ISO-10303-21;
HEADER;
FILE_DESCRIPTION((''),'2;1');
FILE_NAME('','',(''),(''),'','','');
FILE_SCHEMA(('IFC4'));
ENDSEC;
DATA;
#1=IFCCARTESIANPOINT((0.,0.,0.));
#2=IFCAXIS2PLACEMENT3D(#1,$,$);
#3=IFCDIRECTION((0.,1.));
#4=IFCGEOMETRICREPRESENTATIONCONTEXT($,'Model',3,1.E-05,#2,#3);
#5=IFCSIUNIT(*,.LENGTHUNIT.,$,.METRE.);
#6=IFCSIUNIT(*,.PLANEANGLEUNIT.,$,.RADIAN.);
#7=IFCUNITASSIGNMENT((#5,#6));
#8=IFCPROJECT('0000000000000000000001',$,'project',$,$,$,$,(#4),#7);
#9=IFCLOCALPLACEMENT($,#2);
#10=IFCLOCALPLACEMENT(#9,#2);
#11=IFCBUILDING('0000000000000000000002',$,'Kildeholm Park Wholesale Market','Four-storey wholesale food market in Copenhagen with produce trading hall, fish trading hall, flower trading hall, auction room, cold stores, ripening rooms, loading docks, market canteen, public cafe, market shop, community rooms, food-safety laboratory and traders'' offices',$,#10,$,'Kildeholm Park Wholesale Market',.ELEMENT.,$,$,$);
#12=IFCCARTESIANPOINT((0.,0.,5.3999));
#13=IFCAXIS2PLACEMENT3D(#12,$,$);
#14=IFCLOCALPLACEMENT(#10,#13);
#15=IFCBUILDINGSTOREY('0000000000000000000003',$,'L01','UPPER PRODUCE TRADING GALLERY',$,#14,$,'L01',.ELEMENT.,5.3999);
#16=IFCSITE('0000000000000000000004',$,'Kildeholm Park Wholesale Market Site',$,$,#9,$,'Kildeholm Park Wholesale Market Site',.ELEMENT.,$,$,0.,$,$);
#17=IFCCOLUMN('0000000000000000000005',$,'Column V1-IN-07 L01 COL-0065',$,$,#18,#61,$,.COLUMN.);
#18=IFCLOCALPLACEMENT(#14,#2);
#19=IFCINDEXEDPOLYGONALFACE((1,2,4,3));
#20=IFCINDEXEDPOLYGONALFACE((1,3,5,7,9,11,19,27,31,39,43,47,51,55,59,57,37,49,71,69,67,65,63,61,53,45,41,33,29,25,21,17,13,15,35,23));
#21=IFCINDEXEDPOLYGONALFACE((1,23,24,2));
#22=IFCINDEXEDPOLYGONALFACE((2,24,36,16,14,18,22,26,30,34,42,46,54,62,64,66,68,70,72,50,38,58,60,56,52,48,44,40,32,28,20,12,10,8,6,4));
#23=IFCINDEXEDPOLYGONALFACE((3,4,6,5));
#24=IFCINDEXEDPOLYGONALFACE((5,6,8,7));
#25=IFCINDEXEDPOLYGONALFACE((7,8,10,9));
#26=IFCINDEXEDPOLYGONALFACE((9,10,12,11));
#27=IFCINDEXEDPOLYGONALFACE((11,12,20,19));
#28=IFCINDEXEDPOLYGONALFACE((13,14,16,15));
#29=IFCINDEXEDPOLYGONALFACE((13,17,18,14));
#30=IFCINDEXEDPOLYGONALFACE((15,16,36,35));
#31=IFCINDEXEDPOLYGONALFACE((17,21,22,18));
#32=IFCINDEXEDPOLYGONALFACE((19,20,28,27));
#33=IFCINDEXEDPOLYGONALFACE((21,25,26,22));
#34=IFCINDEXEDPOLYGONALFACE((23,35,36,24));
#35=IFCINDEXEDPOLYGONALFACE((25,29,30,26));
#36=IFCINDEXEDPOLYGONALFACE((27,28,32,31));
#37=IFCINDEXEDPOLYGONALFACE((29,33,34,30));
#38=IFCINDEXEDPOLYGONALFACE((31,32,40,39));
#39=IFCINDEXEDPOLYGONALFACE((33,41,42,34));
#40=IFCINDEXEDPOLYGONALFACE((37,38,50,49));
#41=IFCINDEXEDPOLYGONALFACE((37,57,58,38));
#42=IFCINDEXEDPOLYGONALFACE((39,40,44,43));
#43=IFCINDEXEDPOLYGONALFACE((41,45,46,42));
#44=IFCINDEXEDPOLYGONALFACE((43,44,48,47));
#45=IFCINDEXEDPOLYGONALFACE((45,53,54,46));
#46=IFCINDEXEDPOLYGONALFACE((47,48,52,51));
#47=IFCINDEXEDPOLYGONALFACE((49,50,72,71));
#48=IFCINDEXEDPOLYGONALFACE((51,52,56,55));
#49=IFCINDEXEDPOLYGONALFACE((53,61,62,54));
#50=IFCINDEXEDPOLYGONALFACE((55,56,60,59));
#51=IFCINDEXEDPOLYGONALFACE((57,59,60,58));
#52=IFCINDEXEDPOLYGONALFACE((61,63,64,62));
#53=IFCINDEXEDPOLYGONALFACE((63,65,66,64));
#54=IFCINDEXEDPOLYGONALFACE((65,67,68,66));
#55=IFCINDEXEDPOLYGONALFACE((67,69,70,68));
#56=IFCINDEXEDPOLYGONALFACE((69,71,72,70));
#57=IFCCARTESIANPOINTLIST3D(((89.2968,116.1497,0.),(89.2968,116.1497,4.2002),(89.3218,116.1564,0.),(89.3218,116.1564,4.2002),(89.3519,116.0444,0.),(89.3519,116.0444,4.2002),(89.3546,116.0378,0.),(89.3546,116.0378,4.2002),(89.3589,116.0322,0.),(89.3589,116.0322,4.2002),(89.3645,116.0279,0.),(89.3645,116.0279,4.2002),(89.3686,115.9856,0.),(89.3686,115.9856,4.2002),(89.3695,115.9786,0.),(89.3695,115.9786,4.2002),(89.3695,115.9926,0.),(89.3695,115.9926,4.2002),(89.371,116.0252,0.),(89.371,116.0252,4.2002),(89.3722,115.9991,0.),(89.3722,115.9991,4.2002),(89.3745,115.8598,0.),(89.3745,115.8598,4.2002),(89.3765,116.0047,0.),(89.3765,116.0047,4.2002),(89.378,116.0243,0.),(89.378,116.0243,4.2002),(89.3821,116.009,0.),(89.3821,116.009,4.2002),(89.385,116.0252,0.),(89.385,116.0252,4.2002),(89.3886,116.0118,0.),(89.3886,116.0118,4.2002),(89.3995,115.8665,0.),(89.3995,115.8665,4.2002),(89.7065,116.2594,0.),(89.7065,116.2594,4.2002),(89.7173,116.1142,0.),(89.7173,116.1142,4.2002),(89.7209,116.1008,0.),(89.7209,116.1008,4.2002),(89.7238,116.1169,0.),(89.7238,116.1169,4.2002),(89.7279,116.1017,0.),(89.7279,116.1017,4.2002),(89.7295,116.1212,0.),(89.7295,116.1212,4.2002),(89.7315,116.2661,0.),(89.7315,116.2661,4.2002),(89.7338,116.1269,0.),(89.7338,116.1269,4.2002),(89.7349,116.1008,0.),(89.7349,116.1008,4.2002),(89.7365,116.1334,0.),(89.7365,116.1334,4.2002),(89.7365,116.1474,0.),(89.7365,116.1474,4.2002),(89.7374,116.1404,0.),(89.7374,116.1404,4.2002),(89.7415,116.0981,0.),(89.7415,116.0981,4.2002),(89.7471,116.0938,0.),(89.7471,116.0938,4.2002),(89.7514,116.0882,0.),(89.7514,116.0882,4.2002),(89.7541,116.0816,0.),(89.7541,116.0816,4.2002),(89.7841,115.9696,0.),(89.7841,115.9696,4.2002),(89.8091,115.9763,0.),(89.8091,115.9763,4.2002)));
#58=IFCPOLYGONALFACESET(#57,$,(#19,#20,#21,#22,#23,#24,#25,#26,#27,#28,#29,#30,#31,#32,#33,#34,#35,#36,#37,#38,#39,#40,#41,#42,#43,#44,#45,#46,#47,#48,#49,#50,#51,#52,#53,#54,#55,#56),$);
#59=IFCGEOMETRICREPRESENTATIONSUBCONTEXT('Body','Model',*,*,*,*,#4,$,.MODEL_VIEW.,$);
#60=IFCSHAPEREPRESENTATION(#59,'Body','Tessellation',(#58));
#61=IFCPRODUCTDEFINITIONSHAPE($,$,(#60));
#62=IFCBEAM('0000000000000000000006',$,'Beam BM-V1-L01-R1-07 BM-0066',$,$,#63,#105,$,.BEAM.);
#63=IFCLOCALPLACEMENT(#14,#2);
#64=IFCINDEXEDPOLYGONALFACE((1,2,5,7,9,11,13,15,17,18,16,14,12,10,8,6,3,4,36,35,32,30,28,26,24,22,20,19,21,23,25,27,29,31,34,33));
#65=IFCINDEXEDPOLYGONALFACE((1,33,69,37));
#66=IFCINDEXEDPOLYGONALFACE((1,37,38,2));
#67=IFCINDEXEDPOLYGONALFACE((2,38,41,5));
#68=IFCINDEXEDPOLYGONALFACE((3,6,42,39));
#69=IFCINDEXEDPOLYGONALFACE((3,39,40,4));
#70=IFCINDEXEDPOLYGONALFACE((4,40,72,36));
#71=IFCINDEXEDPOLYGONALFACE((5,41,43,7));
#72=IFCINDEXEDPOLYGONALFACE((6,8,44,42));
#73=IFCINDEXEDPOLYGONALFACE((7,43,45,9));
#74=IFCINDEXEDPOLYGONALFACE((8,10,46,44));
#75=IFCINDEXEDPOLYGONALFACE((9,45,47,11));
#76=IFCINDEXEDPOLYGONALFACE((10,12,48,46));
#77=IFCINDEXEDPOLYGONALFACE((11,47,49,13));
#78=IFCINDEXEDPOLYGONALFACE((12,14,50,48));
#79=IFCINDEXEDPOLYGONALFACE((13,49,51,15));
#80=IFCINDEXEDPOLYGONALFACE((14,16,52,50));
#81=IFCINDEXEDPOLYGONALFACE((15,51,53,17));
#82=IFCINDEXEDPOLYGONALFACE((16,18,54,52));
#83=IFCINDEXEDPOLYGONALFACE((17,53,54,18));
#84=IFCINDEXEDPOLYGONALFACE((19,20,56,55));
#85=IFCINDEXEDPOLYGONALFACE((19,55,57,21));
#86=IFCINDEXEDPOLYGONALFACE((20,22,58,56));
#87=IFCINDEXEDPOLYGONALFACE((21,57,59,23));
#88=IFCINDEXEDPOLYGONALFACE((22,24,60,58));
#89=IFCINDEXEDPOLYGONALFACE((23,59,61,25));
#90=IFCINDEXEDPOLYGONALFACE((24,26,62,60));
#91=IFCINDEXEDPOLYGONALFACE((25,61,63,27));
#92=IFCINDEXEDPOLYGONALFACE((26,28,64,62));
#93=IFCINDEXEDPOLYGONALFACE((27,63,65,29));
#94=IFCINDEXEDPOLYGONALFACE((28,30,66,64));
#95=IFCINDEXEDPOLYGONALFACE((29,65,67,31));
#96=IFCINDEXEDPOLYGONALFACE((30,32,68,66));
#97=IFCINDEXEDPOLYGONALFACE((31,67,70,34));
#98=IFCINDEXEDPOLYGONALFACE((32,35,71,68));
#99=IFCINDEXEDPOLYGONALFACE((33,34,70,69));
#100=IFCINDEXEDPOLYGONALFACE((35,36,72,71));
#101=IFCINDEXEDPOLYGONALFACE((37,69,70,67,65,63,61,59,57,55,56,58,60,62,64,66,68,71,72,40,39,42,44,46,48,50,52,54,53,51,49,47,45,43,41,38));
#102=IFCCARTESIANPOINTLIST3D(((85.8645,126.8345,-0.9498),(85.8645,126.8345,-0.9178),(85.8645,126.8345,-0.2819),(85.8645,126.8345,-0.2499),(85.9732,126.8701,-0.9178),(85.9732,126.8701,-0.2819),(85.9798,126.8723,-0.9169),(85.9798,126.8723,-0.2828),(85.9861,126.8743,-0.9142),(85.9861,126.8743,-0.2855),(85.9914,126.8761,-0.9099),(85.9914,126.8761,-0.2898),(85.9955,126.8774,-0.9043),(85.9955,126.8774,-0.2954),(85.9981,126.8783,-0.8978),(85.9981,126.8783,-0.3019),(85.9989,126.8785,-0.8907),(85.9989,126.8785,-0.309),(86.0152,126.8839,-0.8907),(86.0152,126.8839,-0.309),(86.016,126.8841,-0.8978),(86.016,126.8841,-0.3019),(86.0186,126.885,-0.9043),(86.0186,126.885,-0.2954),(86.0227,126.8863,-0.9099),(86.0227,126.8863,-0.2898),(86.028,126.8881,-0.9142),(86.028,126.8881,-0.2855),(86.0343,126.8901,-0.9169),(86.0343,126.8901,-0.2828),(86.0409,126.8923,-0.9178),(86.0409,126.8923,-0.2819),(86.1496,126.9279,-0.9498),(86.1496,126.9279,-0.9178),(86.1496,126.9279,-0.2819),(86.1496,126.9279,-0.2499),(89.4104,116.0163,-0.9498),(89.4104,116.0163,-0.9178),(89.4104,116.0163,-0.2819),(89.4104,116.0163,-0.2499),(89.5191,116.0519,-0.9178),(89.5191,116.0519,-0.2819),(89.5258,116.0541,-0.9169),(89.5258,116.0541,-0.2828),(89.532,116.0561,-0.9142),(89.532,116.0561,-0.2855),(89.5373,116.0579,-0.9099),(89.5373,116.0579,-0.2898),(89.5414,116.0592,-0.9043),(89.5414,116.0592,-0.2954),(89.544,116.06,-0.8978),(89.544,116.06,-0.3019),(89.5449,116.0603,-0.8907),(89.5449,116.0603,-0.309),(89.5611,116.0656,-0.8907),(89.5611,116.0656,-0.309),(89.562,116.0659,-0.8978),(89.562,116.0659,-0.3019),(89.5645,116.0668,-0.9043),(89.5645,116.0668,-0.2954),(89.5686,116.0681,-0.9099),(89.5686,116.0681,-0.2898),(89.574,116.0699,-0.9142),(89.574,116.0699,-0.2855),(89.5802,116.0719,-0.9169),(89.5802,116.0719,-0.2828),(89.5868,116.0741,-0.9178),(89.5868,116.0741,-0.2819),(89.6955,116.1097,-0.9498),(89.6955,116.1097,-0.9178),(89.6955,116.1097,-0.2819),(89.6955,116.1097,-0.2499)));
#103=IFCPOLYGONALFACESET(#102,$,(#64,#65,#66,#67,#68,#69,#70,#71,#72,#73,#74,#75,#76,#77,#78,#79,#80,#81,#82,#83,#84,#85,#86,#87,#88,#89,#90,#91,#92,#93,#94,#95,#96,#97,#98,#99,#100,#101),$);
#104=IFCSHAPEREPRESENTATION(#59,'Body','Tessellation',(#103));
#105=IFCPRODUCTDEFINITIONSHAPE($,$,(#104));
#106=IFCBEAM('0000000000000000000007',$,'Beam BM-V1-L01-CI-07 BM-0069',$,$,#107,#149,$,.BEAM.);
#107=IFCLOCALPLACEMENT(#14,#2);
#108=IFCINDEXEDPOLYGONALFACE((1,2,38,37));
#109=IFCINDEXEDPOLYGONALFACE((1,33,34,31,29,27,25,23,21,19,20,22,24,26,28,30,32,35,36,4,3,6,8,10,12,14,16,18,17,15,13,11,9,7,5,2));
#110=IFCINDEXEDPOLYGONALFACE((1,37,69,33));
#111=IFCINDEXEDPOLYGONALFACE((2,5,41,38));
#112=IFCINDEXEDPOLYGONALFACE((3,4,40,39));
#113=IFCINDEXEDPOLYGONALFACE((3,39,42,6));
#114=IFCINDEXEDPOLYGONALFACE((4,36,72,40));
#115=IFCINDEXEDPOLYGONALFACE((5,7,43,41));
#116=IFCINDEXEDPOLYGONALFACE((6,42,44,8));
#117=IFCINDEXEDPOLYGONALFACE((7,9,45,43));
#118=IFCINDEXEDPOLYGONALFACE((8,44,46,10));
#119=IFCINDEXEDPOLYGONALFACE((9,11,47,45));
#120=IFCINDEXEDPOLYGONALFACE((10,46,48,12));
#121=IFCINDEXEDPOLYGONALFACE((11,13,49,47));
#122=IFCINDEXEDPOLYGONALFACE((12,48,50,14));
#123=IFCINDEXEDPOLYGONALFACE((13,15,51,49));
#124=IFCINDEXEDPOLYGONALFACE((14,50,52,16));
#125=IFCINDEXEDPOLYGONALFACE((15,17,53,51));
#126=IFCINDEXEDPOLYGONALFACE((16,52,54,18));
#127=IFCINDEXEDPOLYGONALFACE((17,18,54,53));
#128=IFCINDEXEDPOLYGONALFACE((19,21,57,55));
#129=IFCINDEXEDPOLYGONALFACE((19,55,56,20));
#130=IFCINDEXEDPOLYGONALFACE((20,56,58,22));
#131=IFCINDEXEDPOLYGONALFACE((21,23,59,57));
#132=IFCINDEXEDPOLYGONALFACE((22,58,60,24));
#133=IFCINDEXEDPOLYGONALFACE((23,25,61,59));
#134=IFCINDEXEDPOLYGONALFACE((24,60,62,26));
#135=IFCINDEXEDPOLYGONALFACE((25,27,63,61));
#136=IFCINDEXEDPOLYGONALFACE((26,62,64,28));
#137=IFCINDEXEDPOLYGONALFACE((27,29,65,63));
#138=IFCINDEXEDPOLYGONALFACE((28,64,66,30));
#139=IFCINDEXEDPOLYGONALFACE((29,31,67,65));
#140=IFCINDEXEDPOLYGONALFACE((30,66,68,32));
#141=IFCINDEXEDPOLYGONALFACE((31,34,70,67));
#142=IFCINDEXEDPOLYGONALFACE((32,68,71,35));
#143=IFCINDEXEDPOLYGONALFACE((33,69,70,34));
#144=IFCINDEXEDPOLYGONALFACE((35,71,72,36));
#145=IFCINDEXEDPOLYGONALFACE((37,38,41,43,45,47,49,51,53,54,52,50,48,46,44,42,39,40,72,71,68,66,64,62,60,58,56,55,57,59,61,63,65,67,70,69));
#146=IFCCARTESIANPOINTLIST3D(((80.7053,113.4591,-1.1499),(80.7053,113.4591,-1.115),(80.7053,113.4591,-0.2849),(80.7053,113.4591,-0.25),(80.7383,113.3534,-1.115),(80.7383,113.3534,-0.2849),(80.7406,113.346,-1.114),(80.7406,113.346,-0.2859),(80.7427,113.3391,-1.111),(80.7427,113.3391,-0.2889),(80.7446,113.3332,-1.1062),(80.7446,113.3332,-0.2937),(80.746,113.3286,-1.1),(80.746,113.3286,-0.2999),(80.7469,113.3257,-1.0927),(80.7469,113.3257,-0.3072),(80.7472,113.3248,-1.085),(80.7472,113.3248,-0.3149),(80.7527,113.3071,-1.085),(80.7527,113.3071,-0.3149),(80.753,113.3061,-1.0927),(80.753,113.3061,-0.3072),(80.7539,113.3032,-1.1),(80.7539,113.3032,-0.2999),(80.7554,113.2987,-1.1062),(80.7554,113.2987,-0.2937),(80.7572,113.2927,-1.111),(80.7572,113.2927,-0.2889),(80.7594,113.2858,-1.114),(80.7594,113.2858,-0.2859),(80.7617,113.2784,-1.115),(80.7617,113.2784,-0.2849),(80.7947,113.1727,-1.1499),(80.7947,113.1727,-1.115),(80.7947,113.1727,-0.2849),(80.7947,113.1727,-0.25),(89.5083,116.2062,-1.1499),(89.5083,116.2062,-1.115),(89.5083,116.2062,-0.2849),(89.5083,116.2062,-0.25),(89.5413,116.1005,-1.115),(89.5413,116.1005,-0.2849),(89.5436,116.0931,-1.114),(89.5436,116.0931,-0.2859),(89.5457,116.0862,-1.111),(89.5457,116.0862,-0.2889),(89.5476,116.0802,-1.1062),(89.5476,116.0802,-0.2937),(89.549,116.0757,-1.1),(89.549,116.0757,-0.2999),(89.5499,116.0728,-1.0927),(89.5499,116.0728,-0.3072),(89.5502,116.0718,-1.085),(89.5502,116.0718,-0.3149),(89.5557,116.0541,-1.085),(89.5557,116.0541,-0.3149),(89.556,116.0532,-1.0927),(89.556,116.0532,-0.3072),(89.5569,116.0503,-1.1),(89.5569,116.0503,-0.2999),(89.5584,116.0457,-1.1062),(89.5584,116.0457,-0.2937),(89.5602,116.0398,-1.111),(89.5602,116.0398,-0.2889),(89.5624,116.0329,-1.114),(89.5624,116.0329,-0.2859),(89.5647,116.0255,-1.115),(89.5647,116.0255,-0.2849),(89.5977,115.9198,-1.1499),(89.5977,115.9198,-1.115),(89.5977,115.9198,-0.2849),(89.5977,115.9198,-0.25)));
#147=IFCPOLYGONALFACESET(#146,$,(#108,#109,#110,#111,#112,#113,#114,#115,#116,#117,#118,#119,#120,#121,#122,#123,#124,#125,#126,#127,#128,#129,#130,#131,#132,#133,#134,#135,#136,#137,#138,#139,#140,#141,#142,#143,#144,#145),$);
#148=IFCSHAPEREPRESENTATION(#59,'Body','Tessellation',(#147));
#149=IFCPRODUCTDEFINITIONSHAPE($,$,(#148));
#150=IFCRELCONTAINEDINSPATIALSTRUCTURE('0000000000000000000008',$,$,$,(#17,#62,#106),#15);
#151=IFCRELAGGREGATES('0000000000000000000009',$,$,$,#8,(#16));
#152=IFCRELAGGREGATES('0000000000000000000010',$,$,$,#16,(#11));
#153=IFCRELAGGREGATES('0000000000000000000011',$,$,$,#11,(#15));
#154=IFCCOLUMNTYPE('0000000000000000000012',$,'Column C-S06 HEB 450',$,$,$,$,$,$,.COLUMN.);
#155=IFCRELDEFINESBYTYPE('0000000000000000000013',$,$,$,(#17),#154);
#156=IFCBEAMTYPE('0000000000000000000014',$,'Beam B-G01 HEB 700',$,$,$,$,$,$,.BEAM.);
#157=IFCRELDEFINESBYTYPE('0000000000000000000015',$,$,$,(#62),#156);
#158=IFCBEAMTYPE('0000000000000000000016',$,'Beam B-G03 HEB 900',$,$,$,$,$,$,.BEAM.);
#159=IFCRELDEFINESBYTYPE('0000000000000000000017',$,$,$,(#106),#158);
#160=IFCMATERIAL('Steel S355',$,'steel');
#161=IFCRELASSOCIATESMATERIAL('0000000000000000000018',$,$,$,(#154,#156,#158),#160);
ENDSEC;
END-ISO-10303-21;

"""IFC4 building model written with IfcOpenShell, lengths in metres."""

from ifc_helpers import new_model, si_unit, direction, frame, origin, origin_2d, place, context, subcontext, project, spatial, i_section, extrude, material, material_profile, profile_set, type_object, element, save


model = new_model("IFC4")

# Units and contexts
model_context = context("Model", 3, precision=1e-05, world=origin(), true_north=direction((0.0, 1.0)))
body_context = subcontext(model_context, "Body", "Model", "MODEL_VIEW")
ifc_project = project(units=[si_unit("LENGTHUNIT", "METRE"), si_unit("PLANEANGLEUNIT", "RADIAN")], contexts=[model_context])

# Site, building, storey
site_placement = place(None, origin())
site = spatial("IfcSite", under=ifc_project, at=site_placement, Name="Kildeholm Park Wholesale Market Site", LongName="Kildeholm Park Wholesale Market Site", CompositionType="ELEMENT", RefElevation=0.0)
building_placement = place(site_placement, origin())
building = spatial("IfcBuilding", under=site, at=building_placement, Name="Kildeholm Park Wholesale Market", Description="Four-storey wholesale food market in Copenhagen with produce trading hall, fish trading hall, flower trading hall, auction room, cold stores, ripening rooms, loading docks, market canteen, public cafe, market shop, community rooms, food-safety laboratory and traders' offices", LongName="Kildeholm Park Wholesale Market", CompositionType="ELEMENT")
storey_placement = place(building_placement, frame((0.0, 0.0, 5.3999)))
storey = spatial("IfcBuildingStorey", under=building, at=storey_placement, Name="L01", Description="UPPER PRODUCE TRADING GALLERY", LongName="L01", CompositionType="ELEMENT", Elevation=5.3999)

# Column
ifc_material_1 = material(Name="Steel S355", Category="steel")
ifc_material_profile_1 = material_profile(ifc_material_1, i_section(OverallWidth=0.3, OverallDepth=0.45, WebThickness=0.0139, FlangeThickness=0.0259, FilletRadius=0.0271, at=origin_2d()), Name="HEB 450")
ifc_profile_set_1 = profile_set([ifc_material_profile_1], Name="Steel S355")
column_type = type_object("IfcColumnType", Name="Column C-S06 HEB 450", PredefinedType="COLUMN", material=ifc_profile_set_1)
column_placement = place(storey_placement, frame((89.553, 116.063, 0.0), z_axis=(0.0, 0.0, 1.0), x_axis=(-0.258819, 0.965926, 0.0)))
element("IfcColumn", 1, at=column_placement, inside=storey, type_object=column_type, Name="Column V1-IN-07 L01 COL-0065", PredefinedType="COLUMN", context=body_context, shape_type="SweptSolid", body=[
    extrude(i_section(OverallWidth=0.3, OverallDepth=0.45, WebThickness=0.0139, FlangeThickness=0.0259, FilletRadius=0.0271, at=origin_2d()), origin(), (0.0, 0.0, 1.0), 4.2002),
])

# Beams
ifc_material_profile_2 = material_profile(ifc_material_1, i_section(OverallWidth=0.3, OverallDepth=0.7, WebThickness=0.0171, FlangeThickness=0.032, FilletRadius=0.0271, at=origin_2d()), Name="HEB 700")
ifc_profile_set_2 = profile_set([ifc_material_profile_2], Name="Steel S355")
beam_type_1 = type_object("IfcBeamType", Name="Beam B-G01 HEB 700", PredefinedType="BEAM", material=ifc_profile_set_2)
beam_1_placement = place(storey_placement, frame((89.553, 116.063, -0.5999), z_axis=(-0.311469, 0.950256, 0.0), x_axis=(-0.950256, -0.311469, 0.0)))
element("IfcBeam", 2, at=beam_1_placement, inside=storey, type_object=beam_type_1, Name="Beam BM-V1-L01-R1-07 BM-0066", PredefinedType="BEAM", context=body_context, shape_type="SweptSolid", body=[
    extrude(i_section(OverallWidth=0.3, OverallDepth=0.7, WebThickness=0.0171, FlangeThickness=0.032, FilletRadius=0.0271, at=origin_2d()), origin(), (0.0, 0.0, 1.0), 11.3845),
])
ifc_material_profile_3 = material_profile(ifc_material_1, i_section(OverallWidth=0.3, OverallDepth=0.8999, WebThickness=0.0186, FlangeThickness=0.0349, FilletRadius=0.03, at=origin_2d()), Name="HEB 900")
ifc_profile_set_3 = profile_set([ifc_material_profile_3], Name="Steel S355")
beam_type_2 = type_object("IfcBeamType", Name="Beam B-G03 HEB 900", PredefinedType="BEAM", material=ifc_profile_set_3)
beam_2_placement = place(storey_placement, frame((89.553, 116.063, -0.7), z_axis=(-0.954599, -0.297894, 0.0), x_axis=(0.297894, -0.954599, 0.0)))
element("IfcBeam", 3, at=beam_2_placement, inside=storey, type_object=beam_type_2, Name="Beam BM-V1-L01-CI-07 BM-0069", PredefinedType="BEAM", context=body_context, shape_type="SweptSolid", body=[
    extrude(i_section(OverallWidth=0.3, OverallDepth=0.8999, WebThickness=0.0186, FlangeThickness=0.0349, FilletRadius=0.03, at=origin_2d()), origin(), (0.0, 0.0, 1.0), 9.2217),
])

save(model, "model.ifc")
